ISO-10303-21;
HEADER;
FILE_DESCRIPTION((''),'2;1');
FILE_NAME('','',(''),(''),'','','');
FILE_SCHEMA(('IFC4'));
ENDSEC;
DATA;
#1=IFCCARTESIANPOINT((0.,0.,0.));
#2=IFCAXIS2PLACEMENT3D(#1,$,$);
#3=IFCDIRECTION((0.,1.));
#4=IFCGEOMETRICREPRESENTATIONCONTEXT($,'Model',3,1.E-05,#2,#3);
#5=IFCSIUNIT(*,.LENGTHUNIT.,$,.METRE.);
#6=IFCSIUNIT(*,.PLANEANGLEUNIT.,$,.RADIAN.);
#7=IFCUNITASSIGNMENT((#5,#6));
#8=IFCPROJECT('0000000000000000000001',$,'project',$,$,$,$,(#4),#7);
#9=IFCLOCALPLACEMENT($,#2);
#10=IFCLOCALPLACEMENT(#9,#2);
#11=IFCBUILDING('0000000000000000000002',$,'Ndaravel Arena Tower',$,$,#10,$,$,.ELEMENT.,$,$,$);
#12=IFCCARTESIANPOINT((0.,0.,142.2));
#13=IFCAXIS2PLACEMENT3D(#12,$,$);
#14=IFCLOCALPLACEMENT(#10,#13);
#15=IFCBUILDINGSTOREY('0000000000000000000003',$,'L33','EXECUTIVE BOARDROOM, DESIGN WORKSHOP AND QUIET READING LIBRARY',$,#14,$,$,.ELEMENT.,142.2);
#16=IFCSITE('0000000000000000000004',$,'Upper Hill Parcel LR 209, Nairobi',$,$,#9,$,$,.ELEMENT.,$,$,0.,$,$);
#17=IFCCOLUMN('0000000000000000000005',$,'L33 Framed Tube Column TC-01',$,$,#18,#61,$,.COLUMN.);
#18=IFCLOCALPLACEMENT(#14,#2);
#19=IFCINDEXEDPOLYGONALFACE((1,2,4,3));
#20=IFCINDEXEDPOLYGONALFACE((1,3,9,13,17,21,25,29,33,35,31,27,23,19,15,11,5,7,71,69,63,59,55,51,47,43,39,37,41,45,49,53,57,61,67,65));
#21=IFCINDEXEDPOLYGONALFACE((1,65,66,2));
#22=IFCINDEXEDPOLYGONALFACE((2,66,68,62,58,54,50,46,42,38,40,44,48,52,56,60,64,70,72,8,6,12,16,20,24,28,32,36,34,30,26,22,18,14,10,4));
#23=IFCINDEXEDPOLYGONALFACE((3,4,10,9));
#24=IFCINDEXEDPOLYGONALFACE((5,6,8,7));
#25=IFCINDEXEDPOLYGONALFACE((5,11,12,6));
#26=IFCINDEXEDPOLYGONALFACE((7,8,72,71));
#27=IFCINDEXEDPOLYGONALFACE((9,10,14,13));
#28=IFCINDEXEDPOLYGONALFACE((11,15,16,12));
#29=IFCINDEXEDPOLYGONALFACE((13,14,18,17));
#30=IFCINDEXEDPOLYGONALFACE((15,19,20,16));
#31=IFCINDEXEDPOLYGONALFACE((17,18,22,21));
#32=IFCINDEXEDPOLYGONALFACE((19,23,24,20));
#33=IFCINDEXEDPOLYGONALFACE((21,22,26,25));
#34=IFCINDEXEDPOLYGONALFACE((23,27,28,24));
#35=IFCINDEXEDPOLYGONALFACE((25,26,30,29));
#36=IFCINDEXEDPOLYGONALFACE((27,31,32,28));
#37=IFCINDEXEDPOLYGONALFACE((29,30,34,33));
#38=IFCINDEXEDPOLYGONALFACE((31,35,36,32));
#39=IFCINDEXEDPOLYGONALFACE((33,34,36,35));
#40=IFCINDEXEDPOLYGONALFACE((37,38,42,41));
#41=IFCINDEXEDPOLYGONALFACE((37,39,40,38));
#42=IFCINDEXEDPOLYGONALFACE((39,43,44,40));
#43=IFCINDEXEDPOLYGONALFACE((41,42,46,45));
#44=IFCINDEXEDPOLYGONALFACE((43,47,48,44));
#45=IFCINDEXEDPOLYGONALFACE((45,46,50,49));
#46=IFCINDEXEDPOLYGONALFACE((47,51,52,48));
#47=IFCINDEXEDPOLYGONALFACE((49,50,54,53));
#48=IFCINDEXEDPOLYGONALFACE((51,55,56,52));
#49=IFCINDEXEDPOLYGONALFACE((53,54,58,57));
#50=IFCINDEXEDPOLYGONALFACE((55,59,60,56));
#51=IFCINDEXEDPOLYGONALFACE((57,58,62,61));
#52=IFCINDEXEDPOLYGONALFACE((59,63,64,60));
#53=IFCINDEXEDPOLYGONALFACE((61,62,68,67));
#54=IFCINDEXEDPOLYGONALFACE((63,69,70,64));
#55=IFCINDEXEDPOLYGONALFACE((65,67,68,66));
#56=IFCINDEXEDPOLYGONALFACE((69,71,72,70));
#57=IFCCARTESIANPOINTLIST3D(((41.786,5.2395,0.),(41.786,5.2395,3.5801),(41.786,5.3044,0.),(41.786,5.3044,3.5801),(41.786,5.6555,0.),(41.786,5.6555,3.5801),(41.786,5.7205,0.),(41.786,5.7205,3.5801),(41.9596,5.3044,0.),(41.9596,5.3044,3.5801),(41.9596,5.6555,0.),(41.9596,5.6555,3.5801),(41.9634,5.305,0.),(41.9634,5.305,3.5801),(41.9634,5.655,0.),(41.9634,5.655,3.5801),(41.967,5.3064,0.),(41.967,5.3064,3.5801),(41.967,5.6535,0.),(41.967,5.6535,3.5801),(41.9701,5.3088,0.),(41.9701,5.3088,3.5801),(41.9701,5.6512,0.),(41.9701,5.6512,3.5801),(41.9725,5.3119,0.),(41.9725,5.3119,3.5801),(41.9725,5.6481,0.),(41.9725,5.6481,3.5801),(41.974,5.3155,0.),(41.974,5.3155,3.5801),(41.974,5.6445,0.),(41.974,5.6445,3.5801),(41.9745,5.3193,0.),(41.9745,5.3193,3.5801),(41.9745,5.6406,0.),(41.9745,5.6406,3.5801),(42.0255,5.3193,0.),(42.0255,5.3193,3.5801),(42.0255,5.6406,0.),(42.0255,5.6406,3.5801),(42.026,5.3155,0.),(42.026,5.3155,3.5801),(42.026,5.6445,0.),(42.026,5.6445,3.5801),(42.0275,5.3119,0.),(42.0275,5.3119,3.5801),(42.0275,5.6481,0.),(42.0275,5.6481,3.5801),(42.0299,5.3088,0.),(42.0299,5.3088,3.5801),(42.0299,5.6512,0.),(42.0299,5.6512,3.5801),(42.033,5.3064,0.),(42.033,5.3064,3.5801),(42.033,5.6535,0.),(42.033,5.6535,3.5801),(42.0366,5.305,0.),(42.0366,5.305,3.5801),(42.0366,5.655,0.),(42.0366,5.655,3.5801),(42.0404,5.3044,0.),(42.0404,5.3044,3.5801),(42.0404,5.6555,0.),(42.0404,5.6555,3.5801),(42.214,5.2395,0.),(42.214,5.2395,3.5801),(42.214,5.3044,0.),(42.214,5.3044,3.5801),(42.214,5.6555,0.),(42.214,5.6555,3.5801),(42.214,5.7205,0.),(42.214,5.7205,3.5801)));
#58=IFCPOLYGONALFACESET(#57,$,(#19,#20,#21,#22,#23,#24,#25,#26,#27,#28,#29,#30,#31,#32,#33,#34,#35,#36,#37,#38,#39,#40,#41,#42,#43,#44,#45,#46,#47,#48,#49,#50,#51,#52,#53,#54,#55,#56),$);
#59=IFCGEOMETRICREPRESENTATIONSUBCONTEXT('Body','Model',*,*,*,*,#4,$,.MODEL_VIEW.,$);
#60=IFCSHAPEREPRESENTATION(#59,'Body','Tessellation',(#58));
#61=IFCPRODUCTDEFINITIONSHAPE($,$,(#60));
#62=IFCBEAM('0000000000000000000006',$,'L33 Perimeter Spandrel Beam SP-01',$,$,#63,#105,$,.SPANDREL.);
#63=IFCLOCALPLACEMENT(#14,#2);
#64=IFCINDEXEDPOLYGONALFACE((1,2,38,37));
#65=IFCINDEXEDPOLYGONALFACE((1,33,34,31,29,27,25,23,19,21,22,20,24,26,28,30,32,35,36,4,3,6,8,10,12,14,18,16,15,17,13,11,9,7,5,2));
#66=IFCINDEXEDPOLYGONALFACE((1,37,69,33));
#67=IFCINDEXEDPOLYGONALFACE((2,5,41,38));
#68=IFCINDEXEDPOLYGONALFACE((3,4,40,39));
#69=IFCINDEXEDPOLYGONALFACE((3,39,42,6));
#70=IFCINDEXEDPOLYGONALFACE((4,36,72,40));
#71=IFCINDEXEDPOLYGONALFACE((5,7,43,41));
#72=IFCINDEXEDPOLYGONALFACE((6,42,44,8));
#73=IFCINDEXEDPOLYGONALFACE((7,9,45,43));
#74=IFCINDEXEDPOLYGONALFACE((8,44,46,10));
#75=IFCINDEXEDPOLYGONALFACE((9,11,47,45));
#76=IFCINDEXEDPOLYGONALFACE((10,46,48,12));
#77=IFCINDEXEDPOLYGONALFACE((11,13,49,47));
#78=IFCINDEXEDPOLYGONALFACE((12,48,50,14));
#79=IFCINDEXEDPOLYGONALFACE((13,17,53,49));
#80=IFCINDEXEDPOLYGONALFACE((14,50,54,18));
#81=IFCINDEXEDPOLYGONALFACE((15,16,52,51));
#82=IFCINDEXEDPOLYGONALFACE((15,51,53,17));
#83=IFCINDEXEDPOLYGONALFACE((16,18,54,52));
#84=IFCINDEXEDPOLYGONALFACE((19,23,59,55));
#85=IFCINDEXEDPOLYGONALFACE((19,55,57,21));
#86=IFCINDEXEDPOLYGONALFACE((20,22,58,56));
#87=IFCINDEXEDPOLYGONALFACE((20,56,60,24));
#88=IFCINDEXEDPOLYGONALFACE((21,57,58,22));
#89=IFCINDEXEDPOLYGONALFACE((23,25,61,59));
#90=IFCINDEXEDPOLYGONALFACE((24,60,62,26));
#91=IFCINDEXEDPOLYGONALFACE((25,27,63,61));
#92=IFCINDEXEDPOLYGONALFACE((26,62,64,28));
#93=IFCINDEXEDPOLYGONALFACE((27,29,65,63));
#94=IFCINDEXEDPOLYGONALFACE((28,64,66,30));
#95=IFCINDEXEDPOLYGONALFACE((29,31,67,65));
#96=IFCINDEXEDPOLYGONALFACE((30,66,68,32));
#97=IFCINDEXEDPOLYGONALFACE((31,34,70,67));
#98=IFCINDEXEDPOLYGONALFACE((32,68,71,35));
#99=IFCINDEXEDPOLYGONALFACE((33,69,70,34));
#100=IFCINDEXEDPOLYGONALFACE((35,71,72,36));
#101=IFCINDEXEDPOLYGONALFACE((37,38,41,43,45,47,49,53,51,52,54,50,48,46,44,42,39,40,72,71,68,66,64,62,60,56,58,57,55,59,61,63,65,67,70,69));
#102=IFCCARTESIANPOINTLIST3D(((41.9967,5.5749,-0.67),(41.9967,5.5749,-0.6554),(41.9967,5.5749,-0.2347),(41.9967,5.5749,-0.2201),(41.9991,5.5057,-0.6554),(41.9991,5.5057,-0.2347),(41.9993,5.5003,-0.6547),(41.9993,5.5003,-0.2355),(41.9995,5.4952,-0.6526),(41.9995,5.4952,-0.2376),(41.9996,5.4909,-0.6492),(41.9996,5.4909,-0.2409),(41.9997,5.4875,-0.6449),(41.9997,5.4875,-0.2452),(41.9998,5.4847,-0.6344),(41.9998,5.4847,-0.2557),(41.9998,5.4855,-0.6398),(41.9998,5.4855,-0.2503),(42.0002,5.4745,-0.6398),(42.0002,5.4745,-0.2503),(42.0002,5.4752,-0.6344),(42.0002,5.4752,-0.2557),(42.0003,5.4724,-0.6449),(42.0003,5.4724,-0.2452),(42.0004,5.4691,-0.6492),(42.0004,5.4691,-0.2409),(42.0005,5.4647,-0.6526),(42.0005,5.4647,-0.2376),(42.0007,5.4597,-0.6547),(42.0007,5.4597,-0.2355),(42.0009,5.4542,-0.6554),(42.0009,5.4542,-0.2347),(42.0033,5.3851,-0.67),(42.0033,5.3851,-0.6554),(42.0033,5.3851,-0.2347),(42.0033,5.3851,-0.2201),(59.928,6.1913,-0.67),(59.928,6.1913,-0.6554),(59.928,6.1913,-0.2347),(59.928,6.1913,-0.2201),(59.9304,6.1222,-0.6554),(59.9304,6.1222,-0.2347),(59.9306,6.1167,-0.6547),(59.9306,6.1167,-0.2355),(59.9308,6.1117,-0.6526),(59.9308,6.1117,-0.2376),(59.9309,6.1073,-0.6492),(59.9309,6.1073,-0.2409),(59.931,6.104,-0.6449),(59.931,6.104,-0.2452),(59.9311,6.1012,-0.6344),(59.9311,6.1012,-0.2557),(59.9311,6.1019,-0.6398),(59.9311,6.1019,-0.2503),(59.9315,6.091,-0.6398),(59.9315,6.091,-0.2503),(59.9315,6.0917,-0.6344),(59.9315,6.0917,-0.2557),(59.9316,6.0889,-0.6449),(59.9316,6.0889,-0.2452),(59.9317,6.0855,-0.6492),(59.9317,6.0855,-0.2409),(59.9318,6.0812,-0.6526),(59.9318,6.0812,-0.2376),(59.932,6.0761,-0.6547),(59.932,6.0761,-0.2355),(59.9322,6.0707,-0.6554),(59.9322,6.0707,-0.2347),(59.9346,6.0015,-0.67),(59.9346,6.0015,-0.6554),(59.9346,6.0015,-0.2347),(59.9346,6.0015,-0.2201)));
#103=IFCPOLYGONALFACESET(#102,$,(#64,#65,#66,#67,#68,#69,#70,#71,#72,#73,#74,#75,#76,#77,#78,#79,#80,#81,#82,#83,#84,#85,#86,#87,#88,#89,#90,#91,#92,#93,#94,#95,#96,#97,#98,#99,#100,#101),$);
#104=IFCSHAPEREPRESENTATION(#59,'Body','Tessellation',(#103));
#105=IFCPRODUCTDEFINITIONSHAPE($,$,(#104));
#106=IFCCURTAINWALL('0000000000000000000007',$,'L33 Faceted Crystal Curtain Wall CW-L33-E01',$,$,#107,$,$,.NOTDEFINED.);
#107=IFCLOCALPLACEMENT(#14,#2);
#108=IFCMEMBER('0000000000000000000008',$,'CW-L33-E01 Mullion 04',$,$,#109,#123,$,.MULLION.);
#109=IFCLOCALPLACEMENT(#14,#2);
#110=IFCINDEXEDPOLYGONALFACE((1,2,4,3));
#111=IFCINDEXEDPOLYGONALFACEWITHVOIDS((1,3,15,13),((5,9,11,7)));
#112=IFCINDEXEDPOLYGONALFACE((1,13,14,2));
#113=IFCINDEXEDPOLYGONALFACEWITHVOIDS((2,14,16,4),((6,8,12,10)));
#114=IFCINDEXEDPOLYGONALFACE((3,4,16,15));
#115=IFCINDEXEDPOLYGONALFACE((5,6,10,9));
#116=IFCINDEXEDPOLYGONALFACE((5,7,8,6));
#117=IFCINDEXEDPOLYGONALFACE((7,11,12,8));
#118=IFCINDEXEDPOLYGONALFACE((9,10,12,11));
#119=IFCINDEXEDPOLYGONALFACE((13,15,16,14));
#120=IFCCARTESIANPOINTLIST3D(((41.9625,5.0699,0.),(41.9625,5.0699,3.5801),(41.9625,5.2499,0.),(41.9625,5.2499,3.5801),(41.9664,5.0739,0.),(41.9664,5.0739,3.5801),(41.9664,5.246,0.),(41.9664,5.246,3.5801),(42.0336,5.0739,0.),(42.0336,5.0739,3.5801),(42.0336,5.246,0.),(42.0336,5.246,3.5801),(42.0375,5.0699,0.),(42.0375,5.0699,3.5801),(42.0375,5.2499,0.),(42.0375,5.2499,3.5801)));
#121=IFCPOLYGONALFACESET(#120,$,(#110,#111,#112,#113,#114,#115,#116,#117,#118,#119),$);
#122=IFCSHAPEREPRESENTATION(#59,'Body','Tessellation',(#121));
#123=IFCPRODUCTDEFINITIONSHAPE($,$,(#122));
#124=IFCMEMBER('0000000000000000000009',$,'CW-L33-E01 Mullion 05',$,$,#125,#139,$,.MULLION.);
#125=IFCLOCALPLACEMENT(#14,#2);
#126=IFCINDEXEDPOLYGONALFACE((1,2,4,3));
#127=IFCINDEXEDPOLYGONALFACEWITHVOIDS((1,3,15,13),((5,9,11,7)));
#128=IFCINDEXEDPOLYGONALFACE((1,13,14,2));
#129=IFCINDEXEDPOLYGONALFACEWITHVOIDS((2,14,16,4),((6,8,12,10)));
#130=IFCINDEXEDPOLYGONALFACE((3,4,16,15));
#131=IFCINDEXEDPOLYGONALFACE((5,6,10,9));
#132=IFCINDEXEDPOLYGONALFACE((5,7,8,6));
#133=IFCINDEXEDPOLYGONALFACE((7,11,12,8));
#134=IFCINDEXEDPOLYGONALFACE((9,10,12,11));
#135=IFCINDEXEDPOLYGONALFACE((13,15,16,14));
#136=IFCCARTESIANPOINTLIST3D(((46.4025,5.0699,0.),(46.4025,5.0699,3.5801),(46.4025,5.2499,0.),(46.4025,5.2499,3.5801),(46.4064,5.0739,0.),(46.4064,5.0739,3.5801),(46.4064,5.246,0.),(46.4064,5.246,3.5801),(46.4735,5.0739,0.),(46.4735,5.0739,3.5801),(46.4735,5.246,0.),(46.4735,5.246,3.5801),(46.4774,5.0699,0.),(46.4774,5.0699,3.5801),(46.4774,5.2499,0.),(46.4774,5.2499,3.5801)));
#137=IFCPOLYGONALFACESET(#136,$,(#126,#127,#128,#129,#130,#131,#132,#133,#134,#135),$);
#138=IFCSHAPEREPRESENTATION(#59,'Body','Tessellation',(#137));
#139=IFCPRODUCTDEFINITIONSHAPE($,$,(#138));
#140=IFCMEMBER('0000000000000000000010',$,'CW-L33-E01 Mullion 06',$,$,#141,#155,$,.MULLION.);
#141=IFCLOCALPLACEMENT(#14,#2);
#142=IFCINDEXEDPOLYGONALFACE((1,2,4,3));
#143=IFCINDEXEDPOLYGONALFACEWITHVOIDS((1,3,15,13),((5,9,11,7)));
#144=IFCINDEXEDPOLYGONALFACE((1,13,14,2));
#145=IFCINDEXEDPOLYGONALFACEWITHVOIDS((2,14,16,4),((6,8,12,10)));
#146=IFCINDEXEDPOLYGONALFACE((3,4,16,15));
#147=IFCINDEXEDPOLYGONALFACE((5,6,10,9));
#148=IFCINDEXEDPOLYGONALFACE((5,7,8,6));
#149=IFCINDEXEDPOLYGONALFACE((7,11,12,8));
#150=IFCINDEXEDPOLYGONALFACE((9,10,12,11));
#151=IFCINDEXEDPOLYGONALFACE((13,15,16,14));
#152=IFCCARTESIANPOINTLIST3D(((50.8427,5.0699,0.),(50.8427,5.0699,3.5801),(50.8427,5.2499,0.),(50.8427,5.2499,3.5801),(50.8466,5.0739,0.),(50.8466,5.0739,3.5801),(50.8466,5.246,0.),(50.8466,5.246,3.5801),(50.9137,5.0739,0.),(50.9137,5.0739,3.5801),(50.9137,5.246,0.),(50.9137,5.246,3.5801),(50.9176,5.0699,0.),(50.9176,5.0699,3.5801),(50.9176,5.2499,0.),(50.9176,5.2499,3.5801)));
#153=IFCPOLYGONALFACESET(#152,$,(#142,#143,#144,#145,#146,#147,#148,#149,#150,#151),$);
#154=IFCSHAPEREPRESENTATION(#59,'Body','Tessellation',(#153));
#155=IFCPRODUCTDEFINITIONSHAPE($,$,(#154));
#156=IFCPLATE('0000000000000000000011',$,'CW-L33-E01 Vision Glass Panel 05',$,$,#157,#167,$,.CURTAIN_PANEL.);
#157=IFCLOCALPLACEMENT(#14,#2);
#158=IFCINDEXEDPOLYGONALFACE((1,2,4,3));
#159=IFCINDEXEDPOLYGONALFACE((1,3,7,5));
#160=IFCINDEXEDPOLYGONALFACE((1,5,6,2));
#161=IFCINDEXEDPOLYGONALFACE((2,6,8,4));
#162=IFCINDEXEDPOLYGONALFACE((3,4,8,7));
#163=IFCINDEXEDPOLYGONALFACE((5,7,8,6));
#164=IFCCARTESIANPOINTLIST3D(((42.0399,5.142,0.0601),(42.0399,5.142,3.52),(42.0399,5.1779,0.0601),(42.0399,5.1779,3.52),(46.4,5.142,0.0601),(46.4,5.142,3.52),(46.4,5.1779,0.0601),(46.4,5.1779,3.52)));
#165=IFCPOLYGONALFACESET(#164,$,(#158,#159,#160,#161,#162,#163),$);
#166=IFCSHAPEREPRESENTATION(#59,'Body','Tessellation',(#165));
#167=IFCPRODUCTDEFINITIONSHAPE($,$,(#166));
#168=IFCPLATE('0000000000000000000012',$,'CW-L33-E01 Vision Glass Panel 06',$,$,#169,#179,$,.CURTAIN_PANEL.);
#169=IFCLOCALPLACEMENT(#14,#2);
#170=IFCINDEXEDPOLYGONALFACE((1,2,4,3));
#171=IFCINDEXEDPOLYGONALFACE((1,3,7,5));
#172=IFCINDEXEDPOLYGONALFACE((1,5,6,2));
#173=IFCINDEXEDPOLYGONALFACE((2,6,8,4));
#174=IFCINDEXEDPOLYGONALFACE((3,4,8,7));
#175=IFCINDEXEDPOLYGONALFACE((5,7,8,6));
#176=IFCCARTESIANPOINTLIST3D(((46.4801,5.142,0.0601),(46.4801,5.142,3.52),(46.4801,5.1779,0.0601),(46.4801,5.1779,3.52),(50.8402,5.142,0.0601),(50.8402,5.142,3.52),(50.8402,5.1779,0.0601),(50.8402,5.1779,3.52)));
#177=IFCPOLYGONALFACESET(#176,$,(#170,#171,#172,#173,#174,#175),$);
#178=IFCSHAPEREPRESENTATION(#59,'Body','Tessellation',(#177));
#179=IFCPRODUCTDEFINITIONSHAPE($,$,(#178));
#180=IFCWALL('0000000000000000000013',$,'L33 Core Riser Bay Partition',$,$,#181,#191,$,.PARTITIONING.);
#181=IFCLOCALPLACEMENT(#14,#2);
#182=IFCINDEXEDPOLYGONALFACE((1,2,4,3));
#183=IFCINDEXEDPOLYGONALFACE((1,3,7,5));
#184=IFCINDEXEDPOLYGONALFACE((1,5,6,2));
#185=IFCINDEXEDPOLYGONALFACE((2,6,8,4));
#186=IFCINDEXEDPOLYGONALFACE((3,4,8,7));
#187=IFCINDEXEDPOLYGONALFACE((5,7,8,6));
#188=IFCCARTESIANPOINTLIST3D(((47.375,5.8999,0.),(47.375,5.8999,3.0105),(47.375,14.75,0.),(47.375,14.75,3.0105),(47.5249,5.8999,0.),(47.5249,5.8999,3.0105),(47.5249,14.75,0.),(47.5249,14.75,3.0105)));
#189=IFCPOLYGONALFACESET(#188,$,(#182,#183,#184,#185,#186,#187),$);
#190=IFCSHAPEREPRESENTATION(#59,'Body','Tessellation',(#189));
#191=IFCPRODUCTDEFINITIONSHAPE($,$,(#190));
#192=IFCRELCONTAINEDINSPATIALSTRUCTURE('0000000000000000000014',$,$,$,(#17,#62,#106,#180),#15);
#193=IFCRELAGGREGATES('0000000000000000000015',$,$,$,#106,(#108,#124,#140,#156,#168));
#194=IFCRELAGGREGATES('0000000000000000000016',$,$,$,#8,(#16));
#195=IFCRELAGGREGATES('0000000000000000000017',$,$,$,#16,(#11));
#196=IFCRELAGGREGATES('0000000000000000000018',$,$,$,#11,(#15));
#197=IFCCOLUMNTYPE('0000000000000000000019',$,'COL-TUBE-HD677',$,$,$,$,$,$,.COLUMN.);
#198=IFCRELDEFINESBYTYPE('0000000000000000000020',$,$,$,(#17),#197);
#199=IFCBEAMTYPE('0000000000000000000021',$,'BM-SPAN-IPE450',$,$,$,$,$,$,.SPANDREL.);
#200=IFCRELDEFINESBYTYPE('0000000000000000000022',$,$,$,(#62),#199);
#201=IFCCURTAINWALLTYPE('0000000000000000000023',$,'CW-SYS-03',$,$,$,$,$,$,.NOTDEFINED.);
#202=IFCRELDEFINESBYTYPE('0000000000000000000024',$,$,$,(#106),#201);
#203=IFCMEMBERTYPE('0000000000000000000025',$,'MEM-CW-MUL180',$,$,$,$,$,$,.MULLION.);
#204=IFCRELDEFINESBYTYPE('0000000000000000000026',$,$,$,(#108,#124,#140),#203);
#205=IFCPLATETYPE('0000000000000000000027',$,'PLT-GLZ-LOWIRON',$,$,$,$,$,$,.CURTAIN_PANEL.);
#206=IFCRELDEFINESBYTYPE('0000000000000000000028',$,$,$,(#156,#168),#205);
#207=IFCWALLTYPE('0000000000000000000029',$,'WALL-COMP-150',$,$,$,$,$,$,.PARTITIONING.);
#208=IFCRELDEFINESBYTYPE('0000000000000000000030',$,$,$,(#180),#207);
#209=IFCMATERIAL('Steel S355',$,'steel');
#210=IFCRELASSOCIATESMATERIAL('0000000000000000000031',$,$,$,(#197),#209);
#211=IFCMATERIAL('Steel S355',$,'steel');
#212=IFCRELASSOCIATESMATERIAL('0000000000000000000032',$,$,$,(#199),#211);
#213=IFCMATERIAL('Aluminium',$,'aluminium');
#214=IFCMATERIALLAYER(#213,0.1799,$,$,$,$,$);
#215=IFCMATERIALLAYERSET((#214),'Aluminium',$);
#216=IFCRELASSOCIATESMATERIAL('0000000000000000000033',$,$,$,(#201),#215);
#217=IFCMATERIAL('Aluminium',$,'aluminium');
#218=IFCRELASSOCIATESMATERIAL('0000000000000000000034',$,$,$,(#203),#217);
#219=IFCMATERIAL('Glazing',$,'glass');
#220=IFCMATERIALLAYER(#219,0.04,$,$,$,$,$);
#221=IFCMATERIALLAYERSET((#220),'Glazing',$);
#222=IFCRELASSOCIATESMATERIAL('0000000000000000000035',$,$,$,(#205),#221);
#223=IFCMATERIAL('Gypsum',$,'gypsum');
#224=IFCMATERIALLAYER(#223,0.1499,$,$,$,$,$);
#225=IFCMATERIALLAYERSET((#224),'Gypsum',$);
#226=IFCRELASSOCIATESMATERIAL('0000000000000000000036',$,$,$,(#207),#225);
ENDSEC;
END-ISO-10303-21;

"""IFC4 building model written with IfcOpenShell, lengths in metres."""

from ifc_helpers import new_model, si_unit, direction, frame, frame_2d, origin, origin_2d, place, context, subcontext, project, spatial, rectangle, hollow_rectangle, i_section, extrude, material, layer, layer_set, material_profile, profile_set, type_object, element, aggregate, save


model = new_model("IFC4")

# Units and contexts
model_context = context("Model", 3, precision=1e-05, world=origin(), true_north=direction((0.0, 1.0)))
body_context = subcontext(model_context, "Body", "Model", "MODEL_VIEW")
ifc_project = project(units=[si_unit("LENGTHUNIT", "METRE"), si_unit("PLANEANGLEUNIT", "RADIAN")], contexts=[model_context])

# Site, building, storey
site_placement = place(None, origin())
site = spatial("IfcSite", under=ifc_project, at=site_placement, Name="Upper Hill Parcel LR 209, Nairobi", CompositionType="ELEMENT", RefElevation=0.0)
building_placement = place(site_placement, origin())
building = spatial("IfcBuilding", under=site, at=building_placement, Name="Ndaravel Arena Tower", CompositionType="ELEMENT")
storey_placement = place(building_placement, frame((0.0, 0.0, 142.2)))
storey = spatial("IfcBuildingStorey", under=building, at=storey_placement, Name="L33", Description="EXECUTIVE BOARDROOM, DESIGN WORKSHOP AND QUIET READING LIBRARY", CompositionType="ELEMENT", Elevation=142.2)

# Column
ifc_material_1 = material(Name="Steel S355", Category="steel")
ifc_material_profile_1 = material_profile(ifc_material_1, i_section(OverallWidth=0.428, OverallDepth=0.481, WebThickness=0.051, FlangeThickness=0.0649, FilletRadius=0.0149, at=origin_2d()), Name="HD 400x677")
ifc_profile_set_1 = profile_set([ifc_material_profile_1], Name="Steel S355")
column_type = type_object("IfcColumnType", Name="COL-TUBE-HD677", PredefinedType="COLUMN", material=ifc_profile_set_1)
column_placement = place(storey_placement, frame((42.0, 5.48, 0.0), z_axis=(0.0, 0.0, 1.0), x_axis=(1.0, 0.0, 0.0)))
element("IfcColumn", 1, at=column_placement, inside=storey, type_object=column_type, Name="L33 Framed Tube Column TC-01", PredefinedType="COLUMN", context=body_context, shape_type="SweptSolid", body=[
    extrude(i_section(OverallWidth=0.428, OverallDepth=0.481, WebThickness=0.051, FlangeThickness=0.0649, FilletRadius=0.0149, at=origin_2d()), origin(), (0.0, 0.0, 1.0), 3.5801),
])

# Beam
ifc_material_2 = material(Name="Steel S355", Category="steel")
ifc_material_profile_2 = material_profile(ifc_material_2, i_section(OverallWidth=0.1899, OverallDepth=0.45, WebThickness=0.0095, FlangeThickness=0.0146, FilletRadius=0.021, at=origin_2d()), Name="IPE 450")
ifc_profile_set_2 = profile_set([ifc_material_profile_2], Name="Steel S355")
beam_type = type_object("IfcBeamType", Name="BM-SPAN-IPE450", PredefinedType="SPANDREL", material=ifc_profile_set_2)
beam_placement = place(storey_placement, frame((42.0, 5.48, -0.4451), z_axis=(0.99941, 0.034358, 0.0), x_axis=(-0.034358, 0.99941, 0.0)))
element("IfcBeam", 2, at=beam_placement, inside=storey, type_object=beam_type, Name="L33 Perimeter Spandrel Beam SP-01", PredefinedType="SPANDREL", context=body_context, shape_type="SweptSolid", body=[
    extrude(i_section(OverallWidth=0.1899, OverallDepth=0.45, WebThickness=0.0095, FlangeThickness=0.0146, FilletRadius=0.021, at=origin_2d()), origin(), (0.0, 0.0, 1.0), 17.9419),
])

# Curtain wall, members, plates
ifc_material_3 = material(Name="Aluminium", Category="aluminium")
ifc_layer_1 = layer(ifc_material_3, 0.1799)
ifc_layer_set_1 = layer_set([ifc_layer_1], Name="Aluminium")
curtain_wall_type = type_object("IfcCurtainWallType", Name="CW-SYS-03", PredefinedType="NOTDEFINED", material=ifc_layer_set_1)
curtain_wall_placement = place(storey_placement, origin())
curtain_wall = element("IfcCurtainWall", 3, at=curtain_wall_placement, inside=storey, type_object=curtain_wall_type, Name="L33 Faceted Crystal Curtain Wall CW-L33-E01", PredefinedType="NOTDEFINED")
ifc_material_4 = material(Name="Aluminium", Category="aluminium")
ifc_material_profile_3 = material_profile(ifc_material_4, hollow_rectangle(XDim=0.075, YDim=0.1799, WallThickness=0.0039, at=origin_2d()), Name="CW MULLION 75x180x4")
ifc_profile_set_3 = profile_set([ifc_material_profile_3], Name="Aluminium")
member_type = type_object("IfcMemberType", Name="MEM-CW-MUL180", PredefinedType="MULLION", material=ifc_profile_set_3)
member_1_placement = place(storey_placement, frame((42.0, 5.1599, 0.0), z_axis=(0.0, 0.0, 1.0), x_axis=(1.0, 0.0, 0.0)))
member_1 = element("IfcMember", 4, at=member_1_placement, type_object=member_type, Name="CW-L33-E01 Mullion 04", PredefinedType="MULLION", context=body_context, shape_type="SweptSolid", body=[
    extrude(hollow_rectangle(XDim=0.075, YDim=0.1799, WallThickness=0.0039, at=origin_2d()), origin(), (0.0, 0.0, 1.0), 3.5801),
])
member_2_placement = place(storey_placement, frame((46.4399, 5.1599, 0.0), z_axis=(0.0, 0.0, 1.0), x_axis=(1.0, 0.0, 0.0)))
member_2 = element("IfcMember", 5, at=member_2_placement, type_object=member_type, Name="CW-L33-E01 Mullion 05", PredefinedType="MULLION", context=body_context, shape_type="SweptSolid", body=[
    extrude(hollow_rectangle(XDim=0.075, YDim=0.1799, WallThickness=0.0039, at=origin_2d()), origin(), (0.0, 0.0, 1.0), 3.5801),
])
member_3_placement = place(storey_placement, frame((50.8801, 5.1599, 0.0), z_axis=(0.0, 0.0, 1.0), x_axis=(1.0, 0.0, 0.0)))
member_3 = element("IfcMember", 6, at=member_3_placement, type_object=member_type, Name="CW-L33-E01 Mullion 06", PredefinedType="MULLION", context=body_context, shape_type="SweptSolid", body=[
    extrude(hollow_rectangle(XDim=0.075, YDim=0.1799, WallThickness=0.0039, at=origin_2d()), origin(), (0.0, 0.0, 1.0), 3.5801),
])
ifc_material_5 = material(Name="Glazing", Category="glass")
ifc_layer_2 = layer(ifc_material_5, 0.04)
ifc_layer_set_2 = layer_set([ifc_layer_2], Name="Glazing")
plate_type = type_object("IfcPlateType", Name="PLT-GLZ-LOWIRON", PredefinedType="CURTAIN_PANEL", material=ifc_layer_set_2)
plate_1_placement = place(storey_placement, frame((44.22, 5.1599, 0.0601), z_axis=(0.0, 0.0, 1.0), x_axis=(1.0, 0.0, 0.0)))
plate_1 = element("IfcPlate", 7, at=plate_1_placement, type_object=plate_type, Name="CW-L33-E01 Vision Glass Panel 05", PredefinedType="CURTAIN_PANEL", context=body_context, shape_type="SweptSolid", body=[
    extrude(rectangle(XDim=4.3601, YDim=0.0359, at=origin_2d()), origin(), (0.0, 0.0, 1.0), 3.46),
])
plate_2_placement = place(storey_placement, frame((48.6602, 5.1599, 0.0601), z_axis=(0.0, 0.0, 1.0), x_axis=(1.0, 0.0, 0.0)))
plate_2 = element("IfcPlate", 8, at=plate_2_placement, type_object=plate_type, Name="CW-L33-E01 Vision Glass Panel 06", PredefinedType="CURTAIN_PANEL", context=body_context, shape_type="SweptSolid", body=[
    extrude(rectangle(XDim=4.3601, YDim=0.0359, at=origin_2d()), origin(), (0.0, 0.0, 1.0), 3.46),
])
aggregate(curtain_wall, [member_1, member_2, member_3, plate_1, plate_2])

# Wall
ifc_material_6 = material(Name="Gypsum", Category="gypsum")
ifc_layer_3 = layer(ifc_material_6, 0.1499)
ifc_layer_set_3 = layer_set([ifc_layer_3], Name="Gypsum")
wall_type_1 = type_object("IfcWallType", Name="WALL-COMP-150", PredefinedType="PARTITIONING", material=ifc_layer_set_3)
wall_1_placement = place(storey_placement, frame((47.45, 5.8999, 0.0), z_axis=(0.0, 0.0, 1.0), x_axis=(0.0, 1.0, 0.0)))
element("IfcWall", 9, at=wall_1_placement, inside=storey, type_object=wall_type_1, Name="L33 Core Riser Bay Partition", PredefinedType="PARTITIONING", context=body_context, shape_type="SweptSolid", body=[
    extrude(rectangle(XDim=8.8501, YDim=0.1499, at=frame_2d((4.425, 0.0))), origin(), (0.0, 0.0, 1.0), 3.0105),
])

save(model, "model.ifc")
